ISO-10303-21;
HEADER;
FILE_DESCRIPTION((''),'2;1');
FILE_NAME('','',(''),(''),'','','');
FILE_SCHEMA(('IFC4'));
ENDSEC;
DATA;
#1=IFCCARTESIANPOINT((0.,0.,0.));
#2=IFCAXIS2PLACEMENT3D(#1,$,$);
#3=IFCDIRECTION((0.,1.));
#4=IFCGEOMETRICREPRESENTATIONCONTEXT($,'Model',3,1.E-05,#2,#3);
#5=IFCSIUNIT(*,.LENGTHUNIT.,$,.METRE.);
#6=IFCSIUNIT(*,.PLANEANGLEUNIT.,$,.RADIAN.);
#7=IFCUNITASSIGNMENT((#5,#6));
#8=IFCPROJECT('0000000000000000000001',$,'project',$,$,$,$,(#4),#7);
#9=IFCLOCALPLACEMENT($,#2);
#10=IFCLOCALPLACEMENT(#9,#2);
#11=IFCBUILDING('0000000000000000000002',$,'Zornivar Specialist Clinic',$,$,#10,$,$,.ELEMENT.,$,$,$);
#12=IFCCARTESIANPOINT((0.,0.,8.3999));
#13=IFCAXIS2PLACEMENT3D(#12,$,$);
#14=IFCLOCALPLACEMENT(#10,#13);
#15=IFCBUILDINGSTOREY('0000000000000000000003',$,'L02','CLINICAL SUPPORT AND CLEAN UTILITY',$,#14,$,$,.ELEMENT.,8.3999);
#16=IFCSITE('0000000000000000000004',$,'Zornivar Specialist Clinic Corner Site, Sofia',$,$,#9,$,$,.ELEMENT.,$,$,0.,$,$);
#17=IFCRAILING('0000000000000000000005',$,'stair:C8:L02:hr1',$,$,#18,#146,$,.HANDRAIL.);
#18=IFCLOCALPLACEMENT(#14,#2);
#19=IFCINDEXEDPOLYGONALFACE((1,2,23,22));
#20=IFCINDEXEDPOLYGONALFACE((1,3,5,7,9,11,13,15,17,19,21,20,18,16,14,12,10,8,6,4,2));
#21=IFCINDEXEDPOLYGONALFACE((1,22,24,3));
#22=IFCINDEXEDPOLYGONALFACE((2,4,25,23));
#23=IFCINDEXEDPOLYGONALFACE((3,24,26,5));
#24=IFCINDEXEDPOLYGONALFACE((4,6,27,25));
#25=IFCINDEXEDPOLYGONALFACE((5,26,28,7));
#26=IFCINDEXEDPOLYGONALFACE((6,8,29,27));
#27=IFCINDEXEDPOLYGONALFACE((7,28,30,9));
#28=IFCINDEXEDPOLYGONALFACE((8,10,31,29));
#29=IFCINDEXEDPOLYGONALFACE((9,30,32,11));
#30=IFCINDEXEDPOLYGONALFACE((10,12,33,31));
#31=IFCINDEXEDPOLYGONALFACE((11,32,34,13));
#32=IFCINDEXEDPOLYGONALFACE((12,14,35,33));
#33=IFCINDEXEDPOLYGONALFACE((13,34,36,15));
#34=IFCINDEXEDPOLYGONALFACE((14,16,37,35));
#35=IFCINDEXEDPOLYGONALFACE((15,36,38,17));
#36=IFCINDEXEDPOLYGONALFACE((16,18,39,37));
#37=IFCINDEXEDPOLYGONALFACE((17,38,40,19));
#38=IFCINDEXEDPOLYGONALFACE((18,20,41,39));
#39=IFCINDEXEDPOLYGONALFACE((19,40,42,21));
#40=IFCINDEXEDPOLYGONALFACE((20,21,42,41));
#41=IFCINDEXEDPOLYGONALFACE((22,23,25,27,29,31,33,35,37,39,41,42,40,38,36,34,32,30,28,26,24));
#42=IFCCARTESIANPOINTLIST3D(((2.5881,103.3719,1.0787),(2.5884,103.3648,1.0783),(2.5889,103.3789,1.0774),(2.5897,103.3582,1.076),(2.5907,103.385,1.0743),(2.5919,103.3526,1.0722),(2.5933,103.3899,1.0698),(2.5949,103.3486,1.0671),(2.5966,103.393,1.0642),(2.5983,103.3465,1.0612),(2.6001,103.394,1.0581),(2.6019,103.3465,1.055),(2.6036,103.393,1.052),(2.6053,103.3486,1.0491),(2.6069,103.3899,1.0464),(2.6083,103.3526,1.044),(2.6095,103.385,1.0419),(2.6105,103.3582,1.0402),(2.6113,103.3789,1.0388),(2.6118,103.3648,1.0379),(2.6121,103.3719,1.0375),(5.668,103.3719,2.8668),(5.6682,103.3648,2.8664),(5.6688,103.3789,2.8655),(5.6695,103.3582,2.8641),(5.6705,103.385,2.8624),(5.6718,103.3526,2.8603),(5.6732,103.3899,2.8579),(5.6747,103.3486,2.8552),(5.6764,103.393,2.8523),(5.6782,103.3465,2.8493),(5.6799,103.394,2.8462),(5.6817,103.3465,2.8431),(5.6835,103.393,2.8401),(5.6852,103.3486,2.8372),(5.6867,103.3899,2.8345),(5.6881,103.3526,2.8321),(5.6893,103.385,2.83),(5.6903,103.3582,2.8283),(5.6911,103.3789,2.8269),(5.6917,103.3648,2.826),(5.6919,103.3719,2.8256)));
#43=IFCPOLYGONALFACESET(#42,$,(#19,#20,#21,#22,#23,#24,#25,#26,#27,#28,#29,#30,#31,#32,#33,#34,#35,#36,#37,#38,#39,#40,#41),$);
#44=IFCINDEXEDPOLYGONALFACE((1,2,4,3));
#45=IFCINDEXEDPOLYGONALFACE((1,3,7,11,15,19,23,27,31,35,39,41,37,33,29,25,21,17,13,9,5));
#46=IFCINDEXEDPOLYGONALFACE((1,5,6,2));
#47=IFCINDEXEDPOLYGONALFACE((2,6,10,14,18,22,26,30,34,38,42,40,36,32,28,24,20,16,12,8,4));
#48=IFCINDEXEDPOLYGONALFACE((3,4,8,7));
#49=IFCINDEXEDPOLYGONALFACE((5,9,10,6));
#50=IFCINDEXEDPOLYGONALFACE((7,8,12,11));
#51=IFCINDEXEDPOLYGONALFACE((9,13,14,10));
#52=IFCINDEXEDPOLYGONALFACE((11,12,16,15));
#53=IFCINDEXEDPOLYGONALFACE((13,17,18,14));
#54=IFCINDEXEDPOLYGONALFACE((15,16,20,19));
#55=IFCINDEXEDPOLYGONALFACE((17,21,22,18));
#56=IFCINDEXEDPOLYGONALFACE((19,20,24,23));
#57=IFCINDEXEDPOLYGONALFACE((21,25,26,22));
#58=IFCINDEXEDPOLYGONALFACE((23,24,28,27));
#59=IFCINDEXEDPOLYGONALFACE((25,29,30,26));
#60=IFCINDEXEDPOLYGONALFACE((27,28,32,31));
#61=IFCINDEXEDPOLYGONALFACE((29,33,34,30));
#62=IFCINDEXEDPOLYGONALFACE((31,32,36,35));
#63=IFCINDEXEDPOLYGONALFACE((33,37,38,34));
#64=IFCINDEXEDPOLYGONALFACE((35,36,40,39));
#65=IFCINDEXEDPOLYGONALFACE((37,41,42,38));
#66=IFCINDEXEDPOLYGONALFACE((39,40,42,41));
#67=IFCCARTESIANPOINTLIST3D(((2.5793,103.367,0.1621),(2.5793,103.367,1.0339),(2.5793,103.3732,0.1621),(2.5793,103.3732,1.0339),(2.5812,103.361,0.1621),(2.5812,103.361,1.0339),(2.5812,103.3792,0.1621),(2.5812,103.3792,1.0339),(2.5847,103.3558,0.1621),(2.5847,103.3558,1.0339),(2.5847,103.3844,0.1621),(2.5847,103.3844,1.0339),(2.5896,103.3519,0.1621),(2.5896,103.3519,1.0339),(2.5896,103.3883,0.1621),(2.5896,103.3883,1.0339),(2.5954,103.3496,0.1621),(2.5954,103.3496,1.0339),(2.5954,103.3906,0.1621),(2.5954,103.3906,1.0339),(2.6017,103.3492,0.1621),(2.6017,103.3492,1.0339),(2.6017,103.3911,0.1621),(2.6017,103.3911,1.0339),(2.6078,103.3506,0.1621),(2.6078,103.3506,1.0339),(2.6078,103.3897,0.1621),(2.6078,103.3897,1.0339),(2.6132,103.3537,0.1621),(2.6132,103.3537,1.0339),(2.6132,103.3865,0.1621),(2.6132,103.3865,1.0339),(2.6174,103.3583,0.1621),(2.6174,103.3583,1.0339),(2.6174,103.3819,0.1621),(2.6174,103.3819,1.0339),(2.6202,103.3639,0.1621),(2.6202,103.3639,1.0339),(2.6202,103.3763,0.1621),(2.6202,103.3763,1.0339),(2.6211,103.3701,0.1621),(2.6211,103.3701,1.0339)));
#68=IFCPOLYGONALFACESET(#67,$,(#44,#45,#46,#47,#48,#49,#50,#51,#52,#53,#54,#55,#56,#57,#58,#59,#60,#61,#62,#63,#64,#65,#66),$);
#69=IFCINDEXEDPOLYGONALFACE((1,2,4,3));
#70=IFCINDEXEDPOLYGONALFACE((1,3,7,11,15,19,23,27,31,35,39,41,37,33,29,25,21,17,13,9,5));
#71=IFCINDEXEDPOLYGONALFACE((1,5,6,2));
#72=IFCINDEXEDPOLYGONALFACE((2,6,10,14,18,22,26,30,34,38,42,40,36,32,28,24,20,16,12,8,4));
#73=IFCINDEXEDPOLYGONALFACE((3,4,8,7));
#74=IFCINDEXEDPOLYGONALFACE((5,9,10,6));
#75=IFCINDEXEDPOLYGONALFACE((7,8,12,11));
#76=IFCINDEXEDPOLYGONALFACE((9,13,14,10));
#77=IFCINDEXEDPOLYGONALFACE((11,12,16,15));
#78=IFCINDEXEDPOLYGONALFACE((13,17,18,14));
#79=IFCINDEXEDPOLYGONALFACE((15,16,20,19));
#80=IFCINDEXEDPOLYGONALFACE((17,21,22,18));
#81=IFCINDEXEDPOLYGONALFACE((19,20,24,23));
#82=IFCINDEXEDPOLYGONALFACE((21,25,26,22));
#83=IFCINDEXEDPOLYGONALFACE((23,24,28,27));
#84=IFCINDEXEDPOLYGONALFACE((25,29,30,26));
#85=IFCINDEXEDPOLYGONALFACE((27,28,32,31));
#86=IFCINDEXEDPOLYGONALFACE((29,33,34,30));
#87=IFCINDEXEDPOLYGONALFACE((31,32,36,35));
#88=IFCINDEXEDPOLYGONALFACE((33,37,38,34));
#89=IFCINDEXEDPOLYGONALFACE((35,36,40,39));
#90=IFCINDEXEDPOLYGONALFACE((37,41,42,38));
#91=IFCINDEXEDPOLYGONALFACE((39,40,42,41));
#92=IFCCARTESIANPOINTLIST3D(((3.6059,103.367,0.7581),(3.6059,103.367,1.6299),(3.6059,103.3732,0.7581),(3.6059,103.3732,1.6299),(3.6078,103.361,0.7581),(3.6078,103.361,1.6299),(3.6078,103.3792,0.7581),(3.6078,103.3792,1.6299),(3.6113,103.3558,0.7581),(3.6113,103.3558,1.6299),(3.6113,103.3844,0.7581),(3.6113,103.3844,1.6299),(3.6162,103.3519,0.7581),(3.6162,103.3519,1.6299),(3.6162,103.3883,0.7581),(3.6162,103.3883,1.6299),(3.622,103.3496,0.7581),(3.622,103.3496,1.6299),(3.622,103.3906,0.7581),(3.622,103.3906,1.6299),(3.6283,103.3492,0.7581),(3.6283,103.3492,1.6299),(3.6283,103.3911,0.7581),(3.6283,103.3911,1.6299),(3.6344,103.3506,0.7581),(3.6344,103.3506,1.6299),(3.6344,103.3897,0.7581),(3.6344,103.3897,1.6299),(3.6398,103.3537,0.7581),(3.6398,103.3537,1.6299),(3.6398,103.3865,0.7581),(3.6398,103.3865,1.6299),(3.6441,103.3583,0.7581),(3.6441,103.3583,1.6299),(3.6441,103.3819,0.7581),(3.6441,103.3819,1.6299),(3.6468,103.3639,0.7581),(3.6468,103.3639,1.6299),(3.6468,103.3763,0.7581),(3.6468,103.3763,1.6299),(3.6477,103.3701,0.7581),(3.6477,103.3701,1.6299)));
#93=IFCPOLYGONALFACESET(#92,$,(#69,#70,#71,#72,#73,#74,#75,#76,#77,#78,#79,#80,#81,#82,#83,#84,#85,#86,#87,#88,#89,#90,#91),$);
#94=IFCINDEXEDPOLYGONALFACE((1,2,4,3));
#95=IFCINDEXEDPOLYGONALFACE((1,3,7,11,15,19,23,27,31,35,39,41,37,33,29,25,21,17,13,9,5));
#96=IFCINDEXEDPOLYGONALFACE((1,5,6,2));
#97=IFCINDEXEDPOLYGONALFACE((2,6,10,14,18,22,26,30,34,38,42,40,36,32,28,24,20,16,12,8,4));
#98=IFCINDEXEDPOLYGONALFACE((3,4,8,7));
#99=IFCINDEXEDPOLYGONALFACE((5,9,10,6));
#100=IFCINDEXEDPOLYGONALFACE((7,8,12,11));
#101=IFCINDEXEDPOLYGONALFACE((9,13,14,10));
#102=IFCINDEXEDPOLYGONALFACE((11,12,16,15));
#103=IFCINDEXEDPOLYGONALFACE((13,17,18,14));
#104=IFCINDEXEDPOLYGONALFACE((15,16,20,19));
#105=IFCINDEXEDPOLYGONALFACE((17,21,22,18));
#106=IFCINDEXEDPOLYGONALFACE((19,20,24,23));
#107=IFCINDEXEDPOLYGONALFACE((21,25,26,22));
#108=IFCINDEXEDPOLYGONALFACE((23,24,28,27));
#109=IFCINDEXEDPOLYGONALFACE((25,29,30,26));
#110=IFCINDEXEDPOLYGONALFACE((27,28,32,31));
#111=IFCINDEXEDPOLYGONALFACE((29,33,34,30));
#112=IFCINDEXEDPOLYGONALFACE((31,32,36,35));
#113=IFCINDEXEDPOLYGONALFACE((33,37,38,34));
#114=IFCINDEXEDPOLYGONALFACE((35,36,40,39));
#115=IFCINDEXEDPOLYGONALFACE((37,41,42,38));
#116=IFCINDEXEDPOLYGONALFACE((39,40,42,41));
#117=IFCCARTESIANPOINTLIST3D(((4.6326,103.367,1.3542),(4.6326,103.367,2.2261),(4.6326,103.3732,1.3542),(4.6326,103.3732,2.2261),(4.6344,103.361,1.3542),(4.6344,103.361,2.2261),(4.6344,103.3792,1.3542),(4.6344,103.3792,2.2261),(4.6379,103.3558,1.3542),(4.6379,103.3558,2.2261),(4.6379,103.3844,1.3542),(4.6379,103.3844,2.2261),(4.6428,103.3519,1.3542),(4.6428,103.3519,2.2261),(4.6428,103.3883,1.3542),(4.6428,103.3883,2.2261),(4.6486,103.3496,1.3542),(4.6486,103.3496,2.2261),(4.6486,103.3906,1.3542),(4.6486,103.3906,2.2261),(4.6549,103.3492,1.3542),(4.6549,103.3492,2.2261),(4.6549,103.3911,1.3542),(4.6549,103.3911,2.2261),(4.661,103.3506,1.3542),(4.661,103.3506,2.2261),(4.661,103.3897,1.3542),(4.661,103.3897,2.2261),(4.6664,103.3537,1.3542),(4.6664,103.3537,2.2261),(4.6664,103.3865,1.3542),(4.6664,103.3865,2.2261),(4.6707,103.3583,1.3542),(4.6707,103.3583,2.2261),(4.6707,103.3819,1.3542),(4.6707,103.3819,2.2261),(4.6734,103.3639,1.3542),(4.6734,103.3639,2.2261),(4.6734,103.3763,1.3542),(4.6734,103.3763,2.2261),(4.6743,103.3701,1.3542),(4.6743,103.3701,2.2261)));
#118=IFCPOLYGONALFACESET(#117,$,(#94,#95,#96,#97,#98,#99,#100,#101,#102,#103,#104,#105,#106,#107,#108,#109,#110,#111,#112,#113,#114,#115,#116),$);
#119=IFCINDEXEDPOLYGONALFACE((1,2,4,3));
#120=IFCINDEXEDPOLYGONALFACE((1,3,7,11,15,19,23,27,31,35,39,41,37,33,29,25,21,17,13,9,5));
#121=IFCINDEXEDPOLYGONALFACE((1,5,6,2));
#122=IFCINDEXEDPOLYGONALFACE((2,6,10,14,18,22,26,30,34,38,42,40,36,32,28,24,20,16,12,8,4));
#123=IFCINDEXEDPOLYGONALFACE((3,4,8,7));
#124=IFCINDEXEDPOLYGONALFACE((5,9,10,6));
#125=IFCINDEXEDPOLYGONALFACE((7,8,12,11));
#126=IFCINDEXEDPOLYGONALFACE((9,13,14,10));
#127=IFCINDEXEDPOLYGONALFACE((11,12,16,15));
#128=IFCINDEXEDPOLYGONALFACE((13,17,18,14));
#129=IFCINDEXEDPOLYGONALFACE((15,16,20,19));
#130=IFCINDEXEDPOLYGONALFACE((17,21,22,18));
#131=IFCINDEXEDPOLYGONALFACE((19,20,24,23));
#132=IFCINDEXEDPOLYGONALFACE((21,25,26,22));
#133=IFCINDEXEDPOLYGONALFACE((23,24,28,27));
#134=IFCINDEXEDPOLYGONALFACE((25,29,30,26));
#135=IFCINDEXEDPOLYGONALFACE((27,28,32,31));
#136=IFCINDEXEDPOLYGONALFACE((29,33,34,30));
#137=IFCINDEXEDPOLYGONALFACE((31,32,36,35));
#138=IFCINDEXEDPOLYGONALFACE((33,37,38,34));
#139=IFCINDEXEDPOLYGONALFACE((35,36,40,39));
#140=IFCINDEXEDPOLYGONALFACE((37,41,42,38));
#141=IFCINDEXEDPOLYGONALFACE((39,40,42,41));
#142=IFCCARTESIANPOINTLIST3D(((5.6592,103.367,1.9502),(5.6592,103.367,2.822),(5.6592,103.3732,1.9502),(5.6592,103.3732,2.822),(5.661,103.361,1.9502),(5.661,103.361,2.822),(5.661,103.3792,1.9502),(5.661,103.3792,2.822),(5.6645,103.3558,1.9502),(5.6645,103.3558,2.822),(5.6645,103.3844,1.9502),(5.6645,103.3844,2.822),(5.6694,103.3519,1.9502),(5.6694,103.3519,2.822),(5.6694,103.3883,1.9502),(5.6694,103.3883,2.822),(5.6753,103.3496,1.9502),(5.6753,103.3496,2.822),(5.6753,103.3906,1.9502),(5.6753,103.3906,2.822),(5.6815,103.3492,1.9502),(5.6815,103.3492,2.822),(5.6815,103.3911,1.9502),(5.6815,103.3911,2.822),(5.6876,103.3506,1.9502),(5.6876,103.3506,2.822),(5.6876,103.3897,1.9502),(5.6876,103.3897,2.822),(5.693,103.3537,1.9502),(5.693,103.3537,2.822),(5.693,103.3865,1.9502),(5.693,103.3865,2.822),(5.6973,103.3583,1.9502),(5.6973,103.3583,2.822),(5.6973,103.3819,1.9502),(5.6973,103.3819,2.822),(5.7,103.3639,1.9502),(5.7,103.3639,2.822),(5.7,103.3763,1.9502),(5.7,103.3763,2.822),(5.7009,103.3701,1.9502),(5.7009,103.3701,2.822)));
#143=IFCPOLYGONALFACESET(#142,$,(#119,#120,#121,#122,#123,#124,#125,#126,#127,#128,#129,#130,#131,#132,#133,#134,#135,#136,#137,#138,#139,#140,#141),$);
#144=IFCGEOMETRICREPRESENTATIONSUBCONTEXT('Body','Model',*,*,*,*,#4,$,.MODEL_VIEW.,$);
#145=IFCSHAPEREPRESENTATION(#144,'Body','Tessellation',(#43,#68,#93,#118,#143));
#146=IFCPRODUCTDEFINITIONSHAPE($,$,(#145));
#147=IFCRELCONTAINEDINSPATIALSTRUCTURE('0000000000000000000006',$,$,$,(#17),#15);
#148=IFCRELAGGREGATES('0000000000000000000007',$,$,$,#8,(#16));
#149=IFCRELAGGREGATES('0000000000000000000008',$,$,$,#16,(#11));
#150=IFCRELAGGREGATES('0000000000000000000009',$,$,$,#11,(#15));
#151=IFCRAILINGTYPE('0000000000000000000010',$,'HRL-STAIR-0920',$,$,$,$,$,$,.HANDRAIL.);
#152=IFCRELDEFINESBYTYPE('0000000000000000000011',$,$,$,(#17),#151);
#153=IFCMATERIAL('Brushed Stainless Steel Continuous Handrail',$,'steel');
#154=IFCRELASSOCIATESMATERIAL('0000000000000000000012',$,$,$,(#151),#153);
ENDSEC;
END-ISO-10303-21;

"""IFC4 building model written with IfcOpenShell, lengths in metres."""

from ifc_helpers import new_model, si_unit, direction, frame, origin, origin_2d, place, context, subcontext, project, spatial, circle, extrude, material, type_object, element, save


model = new_model("IFC4")

# Units and contexts
model_context = context("Model", 3, precision=1e-05, world=origin(), true_north=direction((0.0, 1.0)))
body_context = subcontext(model_context, "Body", "Model", "MODEL_VIEW")
ifc_project = project(units=[si_unit("LENGTHUNIT", "METRE"), si_unit("PLANEANGLEUNIT", "RADIAN")], contexts=[model_context])

# Site, building, storey
site_placement = place(None, origin())
site = spatial("IfcSite", under=ifc_project, at=site_placement, Name="Zornivar Specialist Clinic Corner Site, Sofia", CompositionType="ELEMENT", RefElevation=0.0)
building_placement = place(site_placement, origin())
building = spatial("IfcBuilding", under=site, at=building_placement, Name="Zornivar Specialist Clinic", CompositionType="ELEMENT")
storey_placement = place(building_placement, frame((0.0, 0.0, 8.3999)))
storey = spatial("IfcBuildingStorey", under=building, at=storey_placement, Name="L02", Description="CLINICAL SUPPORT AND CLEAN UTILITY", CompositionType="ELEMENT", Elevation=8.3999)

# Railing
ifc_material_1 = material(Name="Brushed Stainless Steel Continuous Handrail", Category="steel")
railing_type_1 = type_object("IfcRailingType", Name="HRL-STAIR-0920", PredefinedType="HANDRAIL", material=ifc_material_1)
railing_1_placement = place(storey_placement, frame((2.6001, 103.3701, 0.1621)))
element("IfcRailing", 1, at=railing_1_placement, inside=storey, type_object=railing_type_1, Name="stair:C8:L02:hr1", PredefinedType="HANDRAIL", context=body_context, shape_type="SweptSolid", body=[
    extrude(circle(Radius=0.0239, at=origin_2d()), frame((0.0, 0.0, 0.896), z_axis=(0.864814, 0.0, 0.502093), x_axis=(0.0, 1.0, 0.0)), (0.0, 0.0, 1.0), 3.5613),
    extrude(circle(Radius=0.021, at=origin_2d()), origin(), (0.0, 0.0, 1.0), 0.8718),
    extrude(circle(Radius=0.021, at=origin_2d()), frame((1.0266, 0.0, 0.5959)), (0.0, 0.0, 1.0), 0.8718),
    extrude(circle(Radius=0.021, at=origin_2d()), frame((2.0532, 0.0, 1.1921)), (0.0, 0.0, 1.0), 0.8718),
    extrude(circle(Radius=0.021, at=origin_2d()), frame((3.0798, 0.0, 1.7881)), (0.0, 0.0, 1.0), 0.8718),
])

save(model, "model.ifc")
